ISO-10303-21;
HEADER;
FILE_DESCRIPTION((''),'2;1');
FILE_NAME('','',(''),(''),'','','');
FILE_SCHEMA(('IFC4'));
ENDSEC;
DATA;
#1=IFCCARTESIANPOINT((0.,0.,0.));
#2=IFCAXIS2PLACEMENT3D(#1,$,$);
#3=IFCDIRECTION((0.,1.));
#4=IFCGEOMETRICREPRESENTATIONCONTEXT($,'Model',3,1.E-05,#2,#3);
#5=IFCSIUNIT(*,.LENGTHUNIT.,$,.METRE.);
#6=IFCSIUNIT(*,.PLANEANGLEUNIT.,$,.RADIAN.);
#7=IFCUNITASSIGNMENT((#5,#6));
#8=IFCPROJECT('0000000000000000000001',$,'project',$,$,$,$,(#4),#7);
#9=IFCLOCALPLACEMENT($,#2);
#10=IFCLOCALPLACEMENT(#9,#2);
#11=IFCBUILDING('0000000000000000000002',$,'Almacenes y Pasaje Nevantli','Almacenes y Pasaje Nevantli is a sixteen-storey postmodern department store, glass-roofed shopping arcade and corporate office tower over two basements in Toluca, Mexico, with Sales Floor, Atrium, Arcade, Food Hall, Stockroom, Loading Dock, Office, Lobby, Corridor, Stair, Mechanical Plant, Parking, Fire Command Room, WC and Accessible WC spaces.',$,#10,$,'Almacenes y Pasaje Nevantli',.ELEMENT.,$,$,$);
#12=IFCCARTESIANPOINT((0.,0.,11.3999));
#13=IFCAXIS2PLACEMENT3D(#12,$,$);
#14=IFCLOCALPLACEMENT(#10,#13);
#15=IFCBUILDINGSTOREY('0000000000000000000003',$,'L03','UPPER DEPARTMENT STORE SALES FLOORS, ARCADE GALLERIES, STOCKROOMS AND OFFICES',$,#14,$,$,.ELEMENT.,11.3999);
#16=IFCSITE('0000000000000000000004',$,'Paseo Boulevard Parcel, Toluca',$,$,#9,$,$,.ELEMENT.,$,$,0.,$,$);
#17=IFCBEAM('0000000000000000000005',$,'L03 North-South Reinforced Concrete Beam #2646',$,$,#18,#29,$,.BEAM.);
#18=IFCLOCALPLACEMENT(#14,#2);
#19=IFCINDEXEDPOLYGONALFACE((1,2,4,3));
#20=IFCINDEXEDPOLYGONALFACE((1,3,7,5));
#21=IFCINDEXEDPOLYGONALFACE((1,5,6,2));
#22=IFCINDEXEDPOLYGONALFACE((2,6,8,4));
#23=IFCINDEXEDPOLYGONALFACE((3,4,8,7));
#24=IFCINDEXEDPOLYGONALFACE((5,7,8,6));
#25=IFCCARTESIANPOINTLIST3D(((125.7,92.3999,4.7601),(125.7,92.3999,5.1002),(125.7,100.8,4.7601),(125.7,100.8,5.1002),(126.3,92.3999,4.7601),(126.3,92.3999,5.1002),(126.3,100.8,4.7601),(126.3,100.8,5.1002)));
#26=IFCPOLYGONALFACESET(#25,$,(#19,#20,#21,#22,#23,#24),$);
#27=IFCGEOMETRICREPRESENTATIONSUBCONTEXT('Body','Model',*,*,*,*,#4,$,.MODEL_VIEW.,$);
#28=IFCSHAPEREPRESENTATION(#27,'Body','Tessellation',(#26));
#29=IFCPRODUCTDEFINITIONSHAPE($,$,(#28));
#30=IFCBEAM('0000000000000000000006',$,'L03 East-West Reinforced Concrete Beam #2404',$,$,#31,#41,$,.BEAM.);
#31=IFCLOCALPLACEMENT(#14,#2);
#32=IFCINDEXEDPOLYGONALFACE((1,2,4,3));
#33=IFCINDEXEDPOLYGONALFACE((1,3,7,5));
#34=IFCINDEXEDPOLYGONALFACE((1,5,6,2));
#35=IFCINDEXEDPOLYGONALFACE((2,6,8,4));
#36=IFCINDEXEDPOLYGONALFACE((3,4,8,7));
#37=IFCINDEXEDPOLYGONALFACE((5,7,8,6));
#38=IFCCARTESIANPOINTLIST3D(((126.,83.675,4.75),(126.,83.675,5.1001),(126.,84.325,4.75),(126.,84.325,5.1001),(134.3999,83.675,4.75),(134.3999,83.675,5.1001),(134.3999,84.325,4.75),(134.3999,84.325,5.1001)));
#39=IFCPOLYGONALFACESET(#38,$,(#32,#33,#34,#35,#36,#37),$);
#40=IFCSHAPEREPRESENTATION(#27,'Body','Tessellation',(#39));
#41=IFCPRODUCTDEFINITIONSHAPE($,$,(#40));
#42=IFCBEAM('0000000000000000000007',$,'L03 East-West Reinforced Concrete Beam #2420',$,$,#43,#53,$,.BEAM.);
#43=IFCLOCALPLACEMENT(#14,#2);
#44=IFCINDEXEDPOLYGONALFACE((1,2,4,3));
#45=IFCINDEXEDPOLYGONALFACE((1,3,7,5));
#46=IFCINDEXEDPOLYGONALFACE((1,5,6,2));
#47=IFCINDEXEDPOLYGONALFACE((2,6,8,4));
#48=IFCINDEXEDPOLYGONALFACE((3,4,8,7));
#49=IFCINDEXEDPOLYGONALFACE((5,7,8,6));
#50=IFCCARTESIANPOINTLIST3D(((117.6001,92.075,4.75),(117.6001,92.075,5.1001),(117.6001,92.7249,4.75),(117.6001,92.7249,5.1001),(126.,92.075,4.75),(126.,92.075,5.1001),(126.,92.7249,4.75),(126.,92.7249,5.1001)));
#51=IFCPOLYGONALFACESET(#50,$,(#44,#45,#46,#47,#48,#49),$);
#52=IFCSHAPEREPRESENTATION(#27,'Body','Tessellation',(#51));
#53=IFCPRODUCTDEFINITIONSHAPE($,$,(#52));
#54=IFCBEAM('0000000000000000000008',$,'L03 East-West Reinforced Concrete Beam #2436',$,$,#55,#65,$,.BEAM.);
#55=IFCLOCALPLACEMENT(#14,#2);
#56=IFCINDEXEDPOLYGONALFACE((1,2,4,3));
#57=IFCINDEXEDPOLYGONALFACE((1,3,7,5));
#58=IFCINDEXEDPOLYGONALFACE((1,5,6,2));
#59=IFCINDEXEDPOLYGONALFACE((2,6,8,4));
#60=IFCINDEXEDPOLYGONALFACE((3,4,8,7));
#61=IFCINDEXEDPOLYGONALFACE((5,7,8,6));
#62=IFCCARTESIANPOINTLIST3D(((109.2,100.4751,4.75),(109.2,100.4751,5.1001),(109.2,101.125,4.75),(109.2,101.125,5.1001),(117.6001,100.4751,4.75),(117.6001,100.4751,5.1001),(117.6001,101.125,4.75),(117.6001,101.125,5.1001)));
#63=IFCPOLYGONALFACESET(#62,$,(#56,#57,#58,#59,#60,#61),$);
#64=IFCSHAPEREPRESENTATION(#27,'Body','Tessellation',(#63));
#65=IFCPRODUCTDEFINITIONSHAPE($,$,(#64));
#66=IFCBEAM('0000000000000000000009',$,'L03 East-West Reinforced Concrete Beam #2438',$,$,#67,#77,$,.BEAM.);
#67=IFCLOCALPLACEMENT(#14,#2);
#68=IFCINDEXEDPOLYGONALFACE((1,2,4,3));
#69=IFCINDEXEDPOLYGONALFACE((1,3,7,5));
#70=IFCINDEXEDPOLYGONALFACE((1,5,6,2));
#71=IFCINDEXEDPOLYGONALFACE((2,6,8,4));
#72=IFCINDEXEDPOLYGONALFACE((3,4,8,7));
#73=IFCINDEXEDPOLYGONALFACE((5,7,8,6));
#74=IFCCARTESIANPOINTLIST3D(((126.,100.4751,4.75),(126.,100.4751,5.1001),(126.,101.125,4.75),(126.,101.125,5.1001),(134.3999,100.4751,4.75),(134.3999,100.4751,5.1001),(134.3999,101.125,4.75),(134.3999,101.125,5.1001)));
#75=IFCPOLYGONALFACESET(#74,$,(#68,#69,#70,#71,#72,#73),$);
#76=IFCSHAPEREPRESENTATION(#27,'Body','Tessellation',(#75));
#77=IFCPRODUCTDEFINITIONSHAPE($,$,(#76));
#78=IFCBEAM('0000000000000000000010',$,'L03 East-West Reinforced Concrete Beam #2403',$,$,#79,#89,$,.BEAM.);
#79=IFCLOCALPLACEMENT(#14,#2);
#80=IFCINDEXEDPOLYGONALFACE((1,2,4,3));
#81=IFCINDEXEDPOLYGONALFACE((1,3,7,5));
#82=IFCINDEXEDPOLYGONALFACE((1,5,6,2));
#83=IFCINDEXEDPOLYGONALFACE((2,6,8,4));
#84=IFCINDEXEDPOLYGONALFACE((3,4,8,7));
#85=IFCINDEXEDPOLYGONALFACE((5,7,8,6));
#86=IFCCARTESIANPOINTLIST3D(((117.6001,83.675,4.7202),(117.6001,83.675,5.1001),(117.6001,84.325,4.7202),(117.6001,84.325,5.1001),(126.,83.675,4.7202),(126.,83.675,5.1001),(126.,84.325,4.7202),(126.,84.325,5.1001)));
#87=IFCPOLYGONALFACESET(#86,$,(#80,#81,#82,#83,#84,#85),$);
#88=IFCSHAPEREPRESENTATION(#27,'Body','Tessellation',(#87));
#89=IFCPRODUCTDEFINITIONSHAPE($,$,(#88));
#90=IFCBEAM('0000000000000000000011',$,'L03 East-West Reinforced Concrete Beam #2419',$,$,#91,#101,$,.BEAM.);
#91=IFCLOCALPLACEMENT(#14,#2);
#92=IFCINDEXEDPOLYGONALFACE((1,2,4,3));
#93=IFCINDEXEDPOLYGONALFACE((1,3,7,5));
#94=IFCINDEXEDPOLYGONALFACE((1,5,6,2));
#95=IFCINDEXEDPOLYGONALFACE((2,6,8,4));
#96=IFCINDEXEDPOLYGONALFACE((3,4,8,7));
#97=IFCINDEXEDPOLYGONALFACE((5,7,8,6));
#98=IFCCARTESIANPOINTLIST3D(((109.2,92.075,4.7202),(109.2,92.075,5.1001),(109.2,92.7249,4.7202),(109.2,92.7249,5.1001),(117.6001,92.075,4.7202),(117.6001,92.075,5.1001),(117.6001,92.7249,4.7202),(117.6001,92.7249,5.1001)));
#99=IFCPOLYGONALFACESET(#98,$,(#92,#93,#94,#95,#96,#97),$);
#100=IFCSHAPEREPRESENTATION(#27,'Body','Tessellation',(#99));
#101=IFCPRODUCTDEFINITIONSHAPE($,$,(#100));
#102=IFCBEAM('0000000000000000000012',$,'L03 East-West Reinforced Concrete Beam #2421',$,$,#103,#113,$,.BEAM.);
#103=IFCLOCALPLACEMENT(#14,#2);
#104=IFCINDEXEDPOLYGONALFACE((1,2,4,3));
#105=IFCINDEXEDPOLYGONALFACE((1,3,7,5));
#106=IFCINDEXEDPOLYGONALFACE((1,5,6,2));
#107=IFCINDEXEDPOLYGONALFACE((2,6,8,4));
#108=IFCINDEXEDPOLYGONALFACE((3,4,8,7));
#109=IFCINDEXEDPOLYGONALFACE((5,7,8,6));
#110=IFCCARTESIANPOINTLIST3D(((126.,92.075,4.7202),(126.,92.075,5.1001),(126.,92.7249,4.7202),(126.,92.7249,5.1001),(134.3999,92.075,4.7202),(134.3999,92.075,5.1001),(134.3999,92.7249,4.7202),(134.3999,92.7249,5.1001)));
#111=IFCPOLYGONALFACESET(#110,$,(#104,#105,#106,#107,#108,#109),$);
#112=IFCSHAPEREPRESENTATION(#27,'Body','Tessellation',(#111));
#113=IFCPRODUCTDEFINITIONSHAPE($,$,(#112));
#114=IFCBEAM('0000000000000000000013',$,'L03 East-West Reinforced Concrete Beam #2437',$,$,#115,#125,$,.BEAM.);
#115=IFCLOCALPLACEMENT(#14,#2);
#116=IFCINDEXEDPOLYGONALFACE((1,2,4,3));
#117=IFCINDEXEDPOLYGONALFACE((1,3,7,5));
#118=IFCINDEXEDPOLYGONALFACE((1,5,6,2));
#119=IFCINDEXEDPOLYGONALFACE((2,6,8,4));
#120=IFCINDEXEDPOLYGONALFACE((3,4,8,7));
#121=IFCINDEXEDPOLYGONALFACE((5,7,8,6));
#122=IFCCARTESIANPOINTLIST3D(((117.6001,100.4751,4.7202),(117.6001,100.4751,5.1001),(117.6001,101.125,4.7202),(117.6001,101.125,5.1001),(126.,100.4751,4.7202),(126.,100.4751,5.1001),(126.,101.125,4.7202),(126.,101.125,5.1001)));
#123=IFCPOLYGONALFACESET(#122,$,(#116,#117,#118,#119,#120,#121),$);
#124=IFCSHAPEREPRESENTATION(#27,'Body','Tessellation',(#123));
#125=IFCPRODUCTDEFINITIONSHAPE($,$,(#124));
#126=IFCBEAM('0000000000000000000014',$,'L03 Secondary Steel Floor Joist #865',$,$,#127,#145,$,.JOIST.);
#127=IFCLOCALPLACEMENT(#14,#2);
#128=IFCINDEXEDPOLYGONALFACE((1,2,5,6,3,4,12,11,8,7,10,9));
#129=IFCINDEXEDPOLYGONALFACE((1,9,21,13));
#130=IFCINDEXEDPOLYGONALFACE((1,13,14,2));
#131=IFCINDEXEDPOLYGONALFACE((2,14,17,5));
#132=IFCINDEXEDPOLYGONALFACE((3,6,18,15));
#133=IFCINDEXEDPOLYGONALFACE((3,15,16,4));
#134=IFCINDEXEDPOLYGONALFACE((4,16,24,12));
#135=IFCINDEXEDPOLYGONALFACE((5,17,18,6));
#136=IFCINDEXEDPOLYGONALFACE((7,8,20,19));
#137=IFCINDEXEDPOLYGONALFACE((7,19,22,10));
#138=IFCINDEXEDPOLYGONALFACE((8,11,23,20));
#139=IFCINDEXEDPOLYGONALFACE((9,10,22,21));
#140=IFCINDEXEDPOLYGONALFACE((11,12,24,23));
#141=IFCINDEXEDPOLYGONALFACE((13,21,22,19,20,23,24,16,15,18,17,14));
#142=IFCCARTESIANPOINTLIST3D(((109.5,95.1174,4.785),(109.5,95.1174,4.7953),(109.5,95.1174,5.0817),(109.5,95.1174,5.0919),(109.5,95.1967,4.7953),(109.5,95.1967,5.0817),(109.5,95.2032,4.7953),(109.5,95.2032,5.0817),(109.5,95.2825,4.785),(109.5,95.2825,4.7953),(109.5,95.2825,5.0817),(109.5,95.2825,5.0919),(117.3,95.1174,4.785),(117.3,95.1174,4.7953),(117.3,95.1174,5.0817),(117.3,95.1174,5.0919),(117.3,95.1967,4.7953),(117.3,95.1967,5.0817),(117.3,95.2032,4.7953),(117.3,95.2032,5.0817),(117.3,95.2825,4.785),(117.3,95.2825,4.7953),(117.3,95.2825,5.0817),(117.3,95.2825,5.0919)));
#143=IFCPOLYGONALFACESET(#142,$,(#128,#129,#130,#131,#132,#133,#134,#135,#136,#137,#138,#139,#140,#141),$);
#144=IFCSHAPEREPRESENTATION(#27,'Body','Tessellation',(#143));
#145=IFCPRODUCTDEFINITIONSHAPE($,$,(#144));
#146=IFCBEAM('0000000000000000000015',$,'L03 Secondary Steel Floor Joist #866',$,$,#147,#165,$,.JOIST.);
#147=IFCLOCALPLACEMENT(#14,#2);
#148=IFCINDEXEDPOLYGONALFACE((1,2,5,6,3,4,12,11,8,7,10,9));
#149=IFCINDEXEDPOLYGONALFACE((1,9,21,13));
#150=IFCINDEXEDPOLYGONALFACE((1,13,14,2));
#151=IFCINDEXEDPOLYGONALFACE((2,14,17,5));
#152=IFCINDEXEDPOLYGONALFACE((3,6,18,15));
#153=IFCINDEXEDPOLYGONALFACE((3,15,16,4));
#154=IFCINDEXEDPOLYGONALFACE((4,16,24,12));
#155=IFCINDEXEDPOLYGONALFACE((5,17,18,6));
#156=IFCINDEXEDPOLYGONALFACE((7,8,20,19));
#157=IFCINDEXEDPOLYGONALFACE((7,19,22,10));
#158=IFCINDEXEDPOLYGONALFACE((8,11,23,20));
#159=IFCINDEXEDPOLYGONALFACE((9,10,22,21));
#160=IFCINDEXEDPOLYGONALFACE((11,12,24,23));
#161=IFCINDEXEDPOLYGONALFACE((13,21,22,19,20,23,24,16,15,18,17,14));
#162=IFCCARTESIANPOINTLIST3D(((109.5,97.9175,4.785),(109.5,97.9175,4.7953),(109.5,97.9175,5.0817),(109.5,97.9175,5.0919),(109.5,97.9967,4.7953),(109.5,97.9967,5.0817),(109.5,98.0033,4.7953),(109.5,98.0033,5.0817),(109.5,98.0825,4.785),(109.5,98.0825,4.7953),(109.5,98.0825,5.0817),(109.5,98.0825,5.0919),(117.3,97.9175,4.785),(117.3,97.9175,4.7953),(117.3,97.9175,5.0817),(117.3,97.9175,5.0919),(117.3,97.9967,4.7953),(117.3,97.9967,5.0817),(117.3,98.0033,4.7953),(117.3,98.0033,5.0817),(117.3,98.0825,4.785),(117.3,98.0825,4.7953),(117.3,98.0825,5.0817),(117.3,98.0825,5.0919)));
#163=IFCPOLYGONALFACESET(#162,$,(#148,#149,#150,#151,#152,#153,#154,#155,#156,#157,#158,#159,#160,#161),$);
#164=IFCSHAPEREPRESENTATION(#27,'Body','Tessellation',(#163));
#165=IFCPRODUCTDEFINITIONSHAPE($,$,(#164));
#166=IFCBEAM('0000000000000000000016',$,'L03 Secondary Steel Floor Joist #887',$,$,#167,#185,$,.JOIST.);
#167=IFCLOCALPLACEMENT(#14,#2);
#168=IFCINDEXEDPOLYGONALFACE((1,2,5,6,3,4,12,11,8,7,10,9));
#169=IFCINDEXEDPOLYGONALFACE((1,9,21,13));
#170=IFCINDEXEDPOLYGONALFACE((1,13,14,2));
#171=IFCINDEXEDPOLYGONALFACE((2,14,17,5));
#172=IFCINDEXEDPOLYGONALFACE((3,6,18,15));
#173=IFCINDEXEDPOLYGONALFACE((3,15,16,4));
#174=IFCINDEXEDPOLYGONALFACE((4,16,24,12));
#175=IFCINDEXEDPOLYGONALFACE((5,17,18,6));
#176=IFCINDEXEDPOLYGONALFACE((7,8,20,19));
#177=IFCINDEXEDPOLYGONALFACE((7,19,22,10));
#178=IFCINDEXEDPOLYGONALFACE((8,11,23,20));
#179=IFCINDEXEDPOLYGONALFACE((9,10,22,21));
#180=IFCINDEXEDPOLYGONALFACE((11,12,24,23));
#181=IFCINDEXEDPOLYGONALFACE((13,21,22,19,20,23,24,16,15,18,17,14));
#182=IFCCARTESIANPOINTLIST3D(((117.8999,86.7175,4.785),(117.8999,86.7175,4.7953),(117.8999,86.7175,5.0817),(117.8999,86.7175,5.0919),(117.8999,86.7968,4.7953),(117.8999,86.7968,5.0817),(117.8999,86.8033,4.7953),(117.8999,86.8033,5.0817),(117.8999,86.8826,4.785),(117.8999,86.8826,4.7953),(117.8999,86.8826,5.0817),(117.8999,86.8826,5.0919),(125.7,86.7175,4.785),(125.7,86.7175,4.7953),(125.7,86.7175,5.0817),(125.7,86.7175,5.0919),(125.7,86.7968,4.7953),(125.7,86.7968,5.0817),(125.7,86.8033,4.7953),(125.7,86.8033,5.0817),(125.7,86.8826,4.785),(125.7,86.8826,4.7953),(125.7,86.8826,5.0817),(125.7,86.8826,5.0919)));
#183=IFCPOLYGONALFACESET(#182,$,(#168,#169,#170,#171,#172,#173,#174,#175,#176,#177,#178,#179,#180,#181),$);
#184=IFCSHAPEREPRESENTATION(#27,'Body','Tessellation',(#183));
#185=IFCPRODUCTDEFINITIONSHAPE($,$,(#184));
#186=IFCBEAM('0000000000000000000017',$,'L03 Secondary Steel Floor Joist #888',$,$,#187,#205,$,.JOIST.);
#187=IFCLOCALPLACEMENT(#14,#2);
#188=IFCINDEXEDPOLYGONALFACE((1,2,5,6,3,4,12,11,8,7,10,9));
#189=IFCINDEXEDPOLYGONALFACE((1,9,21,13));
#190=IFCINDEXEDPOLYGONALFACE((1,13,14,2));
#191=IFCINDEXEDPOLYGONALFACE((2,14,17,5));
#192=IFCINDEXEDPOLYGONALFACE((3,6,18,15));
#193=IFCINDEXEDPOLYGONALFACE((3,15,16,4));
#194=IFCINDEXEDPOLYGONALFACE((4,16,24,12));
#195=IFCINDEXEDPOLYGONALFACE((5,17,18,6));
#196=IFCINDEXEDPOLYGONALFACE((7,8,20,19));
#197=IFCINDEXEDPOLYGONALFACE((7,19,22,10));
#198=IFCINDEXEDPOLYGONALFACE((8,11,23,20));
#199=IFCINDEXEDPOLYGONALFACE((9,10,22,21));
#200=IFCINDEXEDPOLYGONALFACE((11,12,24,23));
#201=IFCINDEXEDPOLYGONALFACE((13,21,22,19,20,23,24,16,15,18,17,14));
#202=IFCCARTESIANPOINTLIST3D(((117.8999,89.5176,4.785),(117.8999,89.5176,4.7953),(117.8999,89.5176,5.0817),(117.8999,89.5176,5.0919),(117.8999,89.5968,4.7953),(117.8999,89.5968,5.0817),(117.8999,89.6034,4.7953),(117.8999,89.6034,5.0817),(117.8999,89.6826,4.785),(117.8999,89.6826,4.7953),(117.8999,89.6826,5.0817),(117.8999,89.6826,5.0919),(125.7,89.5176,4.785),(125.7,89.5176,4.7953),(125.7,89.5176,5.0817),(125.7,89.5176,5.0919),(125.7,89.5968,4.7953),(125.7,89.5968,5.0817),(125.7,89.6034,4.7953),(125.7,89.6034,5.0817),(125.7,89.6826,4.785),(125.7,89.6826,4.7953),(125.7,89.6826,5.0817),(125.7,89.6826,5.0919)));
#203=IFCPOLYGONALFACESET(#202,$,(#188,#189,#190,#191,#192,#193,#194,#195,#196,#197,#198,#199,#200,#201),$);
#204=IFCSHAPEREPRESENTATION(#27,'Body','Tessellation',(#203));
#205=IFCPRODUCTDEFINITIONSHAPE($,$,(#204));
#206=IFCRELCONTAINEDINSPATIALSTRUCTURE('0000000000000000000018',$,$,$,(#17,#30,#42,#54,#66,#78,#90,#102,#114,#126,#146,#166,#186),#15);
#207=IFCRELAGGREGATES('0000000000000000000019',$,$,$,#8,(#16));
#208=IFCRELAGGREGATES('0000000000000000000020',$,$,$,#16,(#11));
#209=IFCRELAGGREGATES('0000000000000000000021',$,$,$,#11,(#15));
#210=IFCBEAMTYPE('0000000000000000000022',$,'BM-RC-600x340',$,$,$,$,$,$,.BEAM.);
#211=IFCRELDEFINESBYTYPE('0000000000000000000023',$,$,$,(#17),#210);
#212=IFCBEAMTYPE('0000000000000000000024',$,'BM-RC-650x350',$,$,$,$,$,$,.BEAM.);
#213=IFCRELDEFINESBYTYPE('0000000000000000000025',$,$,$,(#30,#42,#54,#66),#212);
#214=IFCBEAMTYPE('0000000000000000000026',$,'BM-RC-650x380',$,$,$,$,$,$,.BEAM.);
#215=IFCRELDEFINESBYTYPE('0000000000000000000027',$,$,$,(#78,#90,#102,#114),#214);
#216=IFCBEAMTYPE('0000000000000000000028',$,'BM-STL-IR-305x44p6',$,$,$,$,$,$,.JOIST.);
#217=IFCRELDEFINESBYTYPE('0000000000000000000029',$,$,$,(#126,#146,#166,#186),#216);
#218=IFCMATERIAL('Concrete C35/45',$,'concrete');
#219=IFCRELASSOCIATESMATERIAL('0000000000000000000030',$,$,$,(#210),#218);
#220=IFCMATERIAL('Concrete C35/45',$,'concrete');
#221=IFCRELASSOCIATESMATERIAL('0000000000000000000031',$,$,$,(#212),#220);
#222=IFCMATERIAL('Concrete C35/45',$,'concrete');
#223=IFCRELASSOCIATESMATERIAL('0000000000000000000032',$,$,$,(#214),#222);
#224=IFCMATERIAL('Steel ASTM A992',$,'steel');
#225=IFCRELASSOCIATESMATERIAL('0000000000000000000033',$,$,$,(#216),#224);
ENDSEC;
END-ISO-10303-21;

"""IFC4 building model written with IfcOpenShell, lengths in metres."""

from ifc_helpers import new_model, si_unit, direction, frame, origin, origin_2d, place, context, subcontext, project, spatial, rectangle, i_section, extrude, material, material_profile, profile_set, type_object, element, save


model = new_model("IFC4")

# Units and contexts
model_context = context("Model", 3, precision=1e-05, world=origin(), true_north=direction((0.0, 1.0)))
body_context = subcontext(model_context, "Body", "Model", "MODEL_VIEW")
ifc_project = project(units=[si_unit("LENGTHUNIT", "METRE"), si_unit("PLANEANGLEUNIT", "RADIAN")], contexts=[model_context])

# Site, building, storey
site_placement = place(None, origin())
site = spatial("IfcSite", under=ifc_project, at=site_placement, Name="Paseo Boulevard Parcel, Toluca", CompositionType="ELEMENT", RefElevation=0.0)
building_placement = place(site_placement, origin())
building = spatial("IfcBuilding", under=site, at=building_placement, Name="Almacenes y Pasaje Nevantli", Description="Almacenes y Pasaje Nevantli is a sixteen-storey postmodern department store, glass-roofed shopping arcade and corporate office tower over two basements in Toluca, Mexico, with Sales Floor, Atrium, Arcade, Food Hall, Stockroom, Loading Dock, Office, Lobby, Corridor, Stair, Mechanical Plant, Parking, Fire Command Room, WC and Accessible WC spaces.", LongName="Almacenes y Pasaje Nevantli", CompositionType="ELEMENT")
storey_placement = place(building_placement, frame((0.0, 0.0, 11.3999)))
storey = spatial("IfcBuildingStorey", under=building, at=storey_placement, Name="L03", Description="UPPER DEPARTMENT STORE SALES FLOORS, ARCADE GALLERIES, STOCKROOMS AND OFFICES", CompositionType="ELEMENT", Elevation=11.3999)

# Beams
ifc_material_1 = material(Name="Concrete C35/45", Category="concrete")
ifc_material_profile_1 = material_profile(ifc_material_1, rectangle(XDim=0.6001, YDim=0.3401, at=origin_2d()), Name="RC-BM-600x340")
ifc_profile_set_1 = profile_set([ifc_material_profile_1], Name="Concrete C35/45")
beam_type_1 = type_object("IfcBeamType", Name="BM-RC-600x340", PredefinedType="BEAM", material=ifc_profile_set_1)
beam_1_placement = place(storey_placement, frame((126.0, 92.3999, 4.9302), z_axis=(0.0, 1.0, 0.0), x_axis=(-1.0, 0.0, 0.0)))
element("IfcBeam", 1, at=beam_1_placement, inside=storey, type_object=beam_type_1, Name="L03 North-South Reinforced Concrete Beam #2646", PredefinedType="BEAM", context=body_context, shape_type="SweptSolid", body=[
    extrude(rectangle(XDim=0.6001, YDim=0.3401, at=origin_2d()), origin(), (0.0, 0.0, 1.0), 8.4001),
])
ifc_material_2 = material(Name="Concrete C35/45", Category="concrete")
ifc_material_profile_2 = material_profile(ifc_material_2, rectangle(XDim=0.6499, YDim=0.3501, at=origin_2d()), Name="RC-BM-650x350")
ifc_profile_set_2 = profile_set([ifc_material_profile_2], Name="Concrete C35/45")
beam_type_2 = type_object("IfcBeamType", Name="BM-RC-650x350", PredefinedType="BEAM", material=ifc_profile_set_2)
for number, where, z_axis, x_axis, name in (
    (2, (126.0, 84.0, 4.925), (1.0, 0.0, 0.0), (0.0, 1.0, 0.0), "L03 East-West Reinforced Concrete Beam #2404"),
    (3, (117.6001, 92.3999, 4.925), (1.0, 0.0, 0.0), (0.0, 1.0, 0.0), "L03 East-West Reinforced Concrete Beam #2420"),
):
    element("IfcBeam", number, at=place(storey_placement, frame(where, z_axis=z_axis, x_axis=x_axis)), inside=storey, type_object=beam_type_2, Name=name, PredefinedType="BEAM", context=body_context, shape_type="SweptSolid", body=[
        extrude(rectangle(XDim=0.6499, YDim=0.3501, at=origin_2d()), origin(), (0.0, 0.0, 1.0), 8.3999),
    ])
beam_2_placement = place(storey_placement, frame((109.2, 100.8, 4.925), z_axis=(1.0, 0.0, 0.0), x_axis=(0.0, 1.0, 0.0)))
element("IfcBeam", 4, at=beam_2_placement, inside=storey, type_object=beam_type_2, Name="L03 East-West Reinforced Concrete Beam #2436", PredefinedType="BEAM", context=body_context, shape_type="SweptSolid", body=[
    extrude(rectangle(XDim=0.6499, YDim=0.3501, at=origin_2d()), origin(), (0.0, 0.0, 1.0), 8.4001),
])
beam_3_placement = place(storey_placement, frame((126.0, 100.8, 4.925), z_axis=(1.0, 0.0, 0.0), x_axis=(0.0, 1.0, 0.0)))
element("IfcBeam", 5, at=beam_3_placement, inside=storey, type_object=beam_type_2, Name="L03 East-West Reinforced Concrete Beam #2438", PredefinedType="BEAM", context=body_context, shape_type="SweptSolid", body=[
    extrude(rectangle(XDim=0.6499, YDim=0.3501, at=origin_2d()), origin(), (0.0, 0.0, 1.0), 8.3999),
])
ifc_material_3 = material(Name="Concrete C35/45", Category="concrete")
ifc_material_profile_3 = material_profile(ifc_material_3, rectangle(XDim=0.6499, YDim=0.3799, at=origin_2d()), Name="RC-BM-650x380")
ifc_profile_set_3 = profile_set([ifc_material_profile_3], Name="Concrete C35/45")
beam_type_3 = type_object("IfcBeamType", Name="BM-RC-650x380", PredefinedType="BEAM", material=ifc_profile_set_3)
beam_4_placement = place(storey_placement, frame((117.6001, 84.0, 4.9102), z_axis=(1.0, 0.0, 0.0), x_axis=(0.0, 1.0, 0.0)))
element("IfcBeam", 6, at=beam_4_placement, inside=storey, type_object=beam_type_3, Name="L03 East-West Reinforced Concrete Beam #2403", PredefinedType="BEAM", context=body_context, shape_type="SweptSolid", body=[
    extrude(rectangle(XDim=0.6499, YDim=0.3799, at=origin_2d()), origin(), (0.0, 0.0, 1.0), 8.3999),
])
beam_5_placement = place(storey_placement, frame((109.2, 92.3999, 4.9102), z_axis=(1.0, 0.0, 0.0), x_axis=(0.0, 1.0, 0.0)))
element("IfcBeam", 7, at=beam_5_placement, inside=storey, type_object=beam_type_3, Name="L03 East-West Reinforced Concrete Beam #2419", PredefinedType="BEAM", context=body_context, shape_type="SweptSolid", body=[
    extrude(rectangle(XDim=0.6499, YDim=0.3799, at=origin_2d()), origin(), (0.0, 0.0, 1.0), 8.4001),
])
for number, where, z_axis, x_axis, name in (
    (8, (126.0, 92.3999, 4.9102), (1.0, 0.0, 0.0), (0.0, 1.0, 0.0), "L03 East-West Reinforced Concrete Beam #2421"),
    (9, (117.6001, 100.8, 4.9102), (1.0, 0.0, 0.0), (0.0, 1.0, 0.0), "L03 East-West Reinforced Concrete Beam #2437"),
):
    element("IfcBeam", number, at=place(storey_placement, frame(where, z_axis=z_axis, x_axis=x_axis)), inside=storey, type_object=beam_type_3, Name=name, PredefinedType="BEAM", context=body_context, shape_type="SweptSolid", body=[
        extrude(rectangle(XDim=0.6499, YDim=0.3799, at=origin_2d()), origin(), (0.0, 0.0, 1.0), 8.3999),
    ])
ifc_material_4 = material(Name="Steel ASTM A992", Category="steel")
ifc_material_profile_4 = material_profile(ifc_material_4, i_section(OverallWidth=0.165, OverallDepth=0.3069, WebThickness=0.0066, FlangeThickness=0.0103, at=origin_2d()), Name="IR 305x44.6")
ifc_profile_set_4 = profile_set([ifc_material_profile_4], Name="Steel ASTM A992")
beam_type_4 = type_object("IfcBeamType", Name="BM-STL-IR-305x44p6", PredefinedType="JOIST", material=ifc_profile_set_4)
for number, where, z_axis, x_axis, name in (
    (10, (109.5, 95.2, 4.9385), (1.0, 0.0, 0.0), (0.0, 1.0, 0.0), "L03 Secondary Steel Floor Joist #865"),
    (11, (109.5, 98.0, 4.9385), (1.0, 0.0, 0.0), (0.0, 1.0, 0.0), "L03 Secondary Steel Floor Joist #866"),
    (12, (117.8999, 86.8, 4.9385), (1.0, 0.0, 0.0), (0.0, 1.0, 0.0), "L03 Secondary Steel Floor Joist #887"),
    (13, (117.8999, 89.6001, 4.9385), (1.0, 0.0, 0.0), (0.0, 1.0, 0.0), "L03 Secondary Steel Floor Joist #888"),
):
    element("IfcBeam", number, at=place(storey_placement, frame(where, z_axis=z_axis, x_axis=x_axis)), inside=storey, type_object=beam_type_4, Name=name, PredefinedType="JOIST", context=body_context, shape_type="SweptSolid", body=[
        extrude(i_section(OverallWidth=0.165, OverallDepth=0.3069, WebThickness=0.0066, FlangeThickness=0.0103, at=origin_2d()), origin(), (0.0, 0.0, 1.0), 7.8),
    ])

save(model, "model.ifc")
